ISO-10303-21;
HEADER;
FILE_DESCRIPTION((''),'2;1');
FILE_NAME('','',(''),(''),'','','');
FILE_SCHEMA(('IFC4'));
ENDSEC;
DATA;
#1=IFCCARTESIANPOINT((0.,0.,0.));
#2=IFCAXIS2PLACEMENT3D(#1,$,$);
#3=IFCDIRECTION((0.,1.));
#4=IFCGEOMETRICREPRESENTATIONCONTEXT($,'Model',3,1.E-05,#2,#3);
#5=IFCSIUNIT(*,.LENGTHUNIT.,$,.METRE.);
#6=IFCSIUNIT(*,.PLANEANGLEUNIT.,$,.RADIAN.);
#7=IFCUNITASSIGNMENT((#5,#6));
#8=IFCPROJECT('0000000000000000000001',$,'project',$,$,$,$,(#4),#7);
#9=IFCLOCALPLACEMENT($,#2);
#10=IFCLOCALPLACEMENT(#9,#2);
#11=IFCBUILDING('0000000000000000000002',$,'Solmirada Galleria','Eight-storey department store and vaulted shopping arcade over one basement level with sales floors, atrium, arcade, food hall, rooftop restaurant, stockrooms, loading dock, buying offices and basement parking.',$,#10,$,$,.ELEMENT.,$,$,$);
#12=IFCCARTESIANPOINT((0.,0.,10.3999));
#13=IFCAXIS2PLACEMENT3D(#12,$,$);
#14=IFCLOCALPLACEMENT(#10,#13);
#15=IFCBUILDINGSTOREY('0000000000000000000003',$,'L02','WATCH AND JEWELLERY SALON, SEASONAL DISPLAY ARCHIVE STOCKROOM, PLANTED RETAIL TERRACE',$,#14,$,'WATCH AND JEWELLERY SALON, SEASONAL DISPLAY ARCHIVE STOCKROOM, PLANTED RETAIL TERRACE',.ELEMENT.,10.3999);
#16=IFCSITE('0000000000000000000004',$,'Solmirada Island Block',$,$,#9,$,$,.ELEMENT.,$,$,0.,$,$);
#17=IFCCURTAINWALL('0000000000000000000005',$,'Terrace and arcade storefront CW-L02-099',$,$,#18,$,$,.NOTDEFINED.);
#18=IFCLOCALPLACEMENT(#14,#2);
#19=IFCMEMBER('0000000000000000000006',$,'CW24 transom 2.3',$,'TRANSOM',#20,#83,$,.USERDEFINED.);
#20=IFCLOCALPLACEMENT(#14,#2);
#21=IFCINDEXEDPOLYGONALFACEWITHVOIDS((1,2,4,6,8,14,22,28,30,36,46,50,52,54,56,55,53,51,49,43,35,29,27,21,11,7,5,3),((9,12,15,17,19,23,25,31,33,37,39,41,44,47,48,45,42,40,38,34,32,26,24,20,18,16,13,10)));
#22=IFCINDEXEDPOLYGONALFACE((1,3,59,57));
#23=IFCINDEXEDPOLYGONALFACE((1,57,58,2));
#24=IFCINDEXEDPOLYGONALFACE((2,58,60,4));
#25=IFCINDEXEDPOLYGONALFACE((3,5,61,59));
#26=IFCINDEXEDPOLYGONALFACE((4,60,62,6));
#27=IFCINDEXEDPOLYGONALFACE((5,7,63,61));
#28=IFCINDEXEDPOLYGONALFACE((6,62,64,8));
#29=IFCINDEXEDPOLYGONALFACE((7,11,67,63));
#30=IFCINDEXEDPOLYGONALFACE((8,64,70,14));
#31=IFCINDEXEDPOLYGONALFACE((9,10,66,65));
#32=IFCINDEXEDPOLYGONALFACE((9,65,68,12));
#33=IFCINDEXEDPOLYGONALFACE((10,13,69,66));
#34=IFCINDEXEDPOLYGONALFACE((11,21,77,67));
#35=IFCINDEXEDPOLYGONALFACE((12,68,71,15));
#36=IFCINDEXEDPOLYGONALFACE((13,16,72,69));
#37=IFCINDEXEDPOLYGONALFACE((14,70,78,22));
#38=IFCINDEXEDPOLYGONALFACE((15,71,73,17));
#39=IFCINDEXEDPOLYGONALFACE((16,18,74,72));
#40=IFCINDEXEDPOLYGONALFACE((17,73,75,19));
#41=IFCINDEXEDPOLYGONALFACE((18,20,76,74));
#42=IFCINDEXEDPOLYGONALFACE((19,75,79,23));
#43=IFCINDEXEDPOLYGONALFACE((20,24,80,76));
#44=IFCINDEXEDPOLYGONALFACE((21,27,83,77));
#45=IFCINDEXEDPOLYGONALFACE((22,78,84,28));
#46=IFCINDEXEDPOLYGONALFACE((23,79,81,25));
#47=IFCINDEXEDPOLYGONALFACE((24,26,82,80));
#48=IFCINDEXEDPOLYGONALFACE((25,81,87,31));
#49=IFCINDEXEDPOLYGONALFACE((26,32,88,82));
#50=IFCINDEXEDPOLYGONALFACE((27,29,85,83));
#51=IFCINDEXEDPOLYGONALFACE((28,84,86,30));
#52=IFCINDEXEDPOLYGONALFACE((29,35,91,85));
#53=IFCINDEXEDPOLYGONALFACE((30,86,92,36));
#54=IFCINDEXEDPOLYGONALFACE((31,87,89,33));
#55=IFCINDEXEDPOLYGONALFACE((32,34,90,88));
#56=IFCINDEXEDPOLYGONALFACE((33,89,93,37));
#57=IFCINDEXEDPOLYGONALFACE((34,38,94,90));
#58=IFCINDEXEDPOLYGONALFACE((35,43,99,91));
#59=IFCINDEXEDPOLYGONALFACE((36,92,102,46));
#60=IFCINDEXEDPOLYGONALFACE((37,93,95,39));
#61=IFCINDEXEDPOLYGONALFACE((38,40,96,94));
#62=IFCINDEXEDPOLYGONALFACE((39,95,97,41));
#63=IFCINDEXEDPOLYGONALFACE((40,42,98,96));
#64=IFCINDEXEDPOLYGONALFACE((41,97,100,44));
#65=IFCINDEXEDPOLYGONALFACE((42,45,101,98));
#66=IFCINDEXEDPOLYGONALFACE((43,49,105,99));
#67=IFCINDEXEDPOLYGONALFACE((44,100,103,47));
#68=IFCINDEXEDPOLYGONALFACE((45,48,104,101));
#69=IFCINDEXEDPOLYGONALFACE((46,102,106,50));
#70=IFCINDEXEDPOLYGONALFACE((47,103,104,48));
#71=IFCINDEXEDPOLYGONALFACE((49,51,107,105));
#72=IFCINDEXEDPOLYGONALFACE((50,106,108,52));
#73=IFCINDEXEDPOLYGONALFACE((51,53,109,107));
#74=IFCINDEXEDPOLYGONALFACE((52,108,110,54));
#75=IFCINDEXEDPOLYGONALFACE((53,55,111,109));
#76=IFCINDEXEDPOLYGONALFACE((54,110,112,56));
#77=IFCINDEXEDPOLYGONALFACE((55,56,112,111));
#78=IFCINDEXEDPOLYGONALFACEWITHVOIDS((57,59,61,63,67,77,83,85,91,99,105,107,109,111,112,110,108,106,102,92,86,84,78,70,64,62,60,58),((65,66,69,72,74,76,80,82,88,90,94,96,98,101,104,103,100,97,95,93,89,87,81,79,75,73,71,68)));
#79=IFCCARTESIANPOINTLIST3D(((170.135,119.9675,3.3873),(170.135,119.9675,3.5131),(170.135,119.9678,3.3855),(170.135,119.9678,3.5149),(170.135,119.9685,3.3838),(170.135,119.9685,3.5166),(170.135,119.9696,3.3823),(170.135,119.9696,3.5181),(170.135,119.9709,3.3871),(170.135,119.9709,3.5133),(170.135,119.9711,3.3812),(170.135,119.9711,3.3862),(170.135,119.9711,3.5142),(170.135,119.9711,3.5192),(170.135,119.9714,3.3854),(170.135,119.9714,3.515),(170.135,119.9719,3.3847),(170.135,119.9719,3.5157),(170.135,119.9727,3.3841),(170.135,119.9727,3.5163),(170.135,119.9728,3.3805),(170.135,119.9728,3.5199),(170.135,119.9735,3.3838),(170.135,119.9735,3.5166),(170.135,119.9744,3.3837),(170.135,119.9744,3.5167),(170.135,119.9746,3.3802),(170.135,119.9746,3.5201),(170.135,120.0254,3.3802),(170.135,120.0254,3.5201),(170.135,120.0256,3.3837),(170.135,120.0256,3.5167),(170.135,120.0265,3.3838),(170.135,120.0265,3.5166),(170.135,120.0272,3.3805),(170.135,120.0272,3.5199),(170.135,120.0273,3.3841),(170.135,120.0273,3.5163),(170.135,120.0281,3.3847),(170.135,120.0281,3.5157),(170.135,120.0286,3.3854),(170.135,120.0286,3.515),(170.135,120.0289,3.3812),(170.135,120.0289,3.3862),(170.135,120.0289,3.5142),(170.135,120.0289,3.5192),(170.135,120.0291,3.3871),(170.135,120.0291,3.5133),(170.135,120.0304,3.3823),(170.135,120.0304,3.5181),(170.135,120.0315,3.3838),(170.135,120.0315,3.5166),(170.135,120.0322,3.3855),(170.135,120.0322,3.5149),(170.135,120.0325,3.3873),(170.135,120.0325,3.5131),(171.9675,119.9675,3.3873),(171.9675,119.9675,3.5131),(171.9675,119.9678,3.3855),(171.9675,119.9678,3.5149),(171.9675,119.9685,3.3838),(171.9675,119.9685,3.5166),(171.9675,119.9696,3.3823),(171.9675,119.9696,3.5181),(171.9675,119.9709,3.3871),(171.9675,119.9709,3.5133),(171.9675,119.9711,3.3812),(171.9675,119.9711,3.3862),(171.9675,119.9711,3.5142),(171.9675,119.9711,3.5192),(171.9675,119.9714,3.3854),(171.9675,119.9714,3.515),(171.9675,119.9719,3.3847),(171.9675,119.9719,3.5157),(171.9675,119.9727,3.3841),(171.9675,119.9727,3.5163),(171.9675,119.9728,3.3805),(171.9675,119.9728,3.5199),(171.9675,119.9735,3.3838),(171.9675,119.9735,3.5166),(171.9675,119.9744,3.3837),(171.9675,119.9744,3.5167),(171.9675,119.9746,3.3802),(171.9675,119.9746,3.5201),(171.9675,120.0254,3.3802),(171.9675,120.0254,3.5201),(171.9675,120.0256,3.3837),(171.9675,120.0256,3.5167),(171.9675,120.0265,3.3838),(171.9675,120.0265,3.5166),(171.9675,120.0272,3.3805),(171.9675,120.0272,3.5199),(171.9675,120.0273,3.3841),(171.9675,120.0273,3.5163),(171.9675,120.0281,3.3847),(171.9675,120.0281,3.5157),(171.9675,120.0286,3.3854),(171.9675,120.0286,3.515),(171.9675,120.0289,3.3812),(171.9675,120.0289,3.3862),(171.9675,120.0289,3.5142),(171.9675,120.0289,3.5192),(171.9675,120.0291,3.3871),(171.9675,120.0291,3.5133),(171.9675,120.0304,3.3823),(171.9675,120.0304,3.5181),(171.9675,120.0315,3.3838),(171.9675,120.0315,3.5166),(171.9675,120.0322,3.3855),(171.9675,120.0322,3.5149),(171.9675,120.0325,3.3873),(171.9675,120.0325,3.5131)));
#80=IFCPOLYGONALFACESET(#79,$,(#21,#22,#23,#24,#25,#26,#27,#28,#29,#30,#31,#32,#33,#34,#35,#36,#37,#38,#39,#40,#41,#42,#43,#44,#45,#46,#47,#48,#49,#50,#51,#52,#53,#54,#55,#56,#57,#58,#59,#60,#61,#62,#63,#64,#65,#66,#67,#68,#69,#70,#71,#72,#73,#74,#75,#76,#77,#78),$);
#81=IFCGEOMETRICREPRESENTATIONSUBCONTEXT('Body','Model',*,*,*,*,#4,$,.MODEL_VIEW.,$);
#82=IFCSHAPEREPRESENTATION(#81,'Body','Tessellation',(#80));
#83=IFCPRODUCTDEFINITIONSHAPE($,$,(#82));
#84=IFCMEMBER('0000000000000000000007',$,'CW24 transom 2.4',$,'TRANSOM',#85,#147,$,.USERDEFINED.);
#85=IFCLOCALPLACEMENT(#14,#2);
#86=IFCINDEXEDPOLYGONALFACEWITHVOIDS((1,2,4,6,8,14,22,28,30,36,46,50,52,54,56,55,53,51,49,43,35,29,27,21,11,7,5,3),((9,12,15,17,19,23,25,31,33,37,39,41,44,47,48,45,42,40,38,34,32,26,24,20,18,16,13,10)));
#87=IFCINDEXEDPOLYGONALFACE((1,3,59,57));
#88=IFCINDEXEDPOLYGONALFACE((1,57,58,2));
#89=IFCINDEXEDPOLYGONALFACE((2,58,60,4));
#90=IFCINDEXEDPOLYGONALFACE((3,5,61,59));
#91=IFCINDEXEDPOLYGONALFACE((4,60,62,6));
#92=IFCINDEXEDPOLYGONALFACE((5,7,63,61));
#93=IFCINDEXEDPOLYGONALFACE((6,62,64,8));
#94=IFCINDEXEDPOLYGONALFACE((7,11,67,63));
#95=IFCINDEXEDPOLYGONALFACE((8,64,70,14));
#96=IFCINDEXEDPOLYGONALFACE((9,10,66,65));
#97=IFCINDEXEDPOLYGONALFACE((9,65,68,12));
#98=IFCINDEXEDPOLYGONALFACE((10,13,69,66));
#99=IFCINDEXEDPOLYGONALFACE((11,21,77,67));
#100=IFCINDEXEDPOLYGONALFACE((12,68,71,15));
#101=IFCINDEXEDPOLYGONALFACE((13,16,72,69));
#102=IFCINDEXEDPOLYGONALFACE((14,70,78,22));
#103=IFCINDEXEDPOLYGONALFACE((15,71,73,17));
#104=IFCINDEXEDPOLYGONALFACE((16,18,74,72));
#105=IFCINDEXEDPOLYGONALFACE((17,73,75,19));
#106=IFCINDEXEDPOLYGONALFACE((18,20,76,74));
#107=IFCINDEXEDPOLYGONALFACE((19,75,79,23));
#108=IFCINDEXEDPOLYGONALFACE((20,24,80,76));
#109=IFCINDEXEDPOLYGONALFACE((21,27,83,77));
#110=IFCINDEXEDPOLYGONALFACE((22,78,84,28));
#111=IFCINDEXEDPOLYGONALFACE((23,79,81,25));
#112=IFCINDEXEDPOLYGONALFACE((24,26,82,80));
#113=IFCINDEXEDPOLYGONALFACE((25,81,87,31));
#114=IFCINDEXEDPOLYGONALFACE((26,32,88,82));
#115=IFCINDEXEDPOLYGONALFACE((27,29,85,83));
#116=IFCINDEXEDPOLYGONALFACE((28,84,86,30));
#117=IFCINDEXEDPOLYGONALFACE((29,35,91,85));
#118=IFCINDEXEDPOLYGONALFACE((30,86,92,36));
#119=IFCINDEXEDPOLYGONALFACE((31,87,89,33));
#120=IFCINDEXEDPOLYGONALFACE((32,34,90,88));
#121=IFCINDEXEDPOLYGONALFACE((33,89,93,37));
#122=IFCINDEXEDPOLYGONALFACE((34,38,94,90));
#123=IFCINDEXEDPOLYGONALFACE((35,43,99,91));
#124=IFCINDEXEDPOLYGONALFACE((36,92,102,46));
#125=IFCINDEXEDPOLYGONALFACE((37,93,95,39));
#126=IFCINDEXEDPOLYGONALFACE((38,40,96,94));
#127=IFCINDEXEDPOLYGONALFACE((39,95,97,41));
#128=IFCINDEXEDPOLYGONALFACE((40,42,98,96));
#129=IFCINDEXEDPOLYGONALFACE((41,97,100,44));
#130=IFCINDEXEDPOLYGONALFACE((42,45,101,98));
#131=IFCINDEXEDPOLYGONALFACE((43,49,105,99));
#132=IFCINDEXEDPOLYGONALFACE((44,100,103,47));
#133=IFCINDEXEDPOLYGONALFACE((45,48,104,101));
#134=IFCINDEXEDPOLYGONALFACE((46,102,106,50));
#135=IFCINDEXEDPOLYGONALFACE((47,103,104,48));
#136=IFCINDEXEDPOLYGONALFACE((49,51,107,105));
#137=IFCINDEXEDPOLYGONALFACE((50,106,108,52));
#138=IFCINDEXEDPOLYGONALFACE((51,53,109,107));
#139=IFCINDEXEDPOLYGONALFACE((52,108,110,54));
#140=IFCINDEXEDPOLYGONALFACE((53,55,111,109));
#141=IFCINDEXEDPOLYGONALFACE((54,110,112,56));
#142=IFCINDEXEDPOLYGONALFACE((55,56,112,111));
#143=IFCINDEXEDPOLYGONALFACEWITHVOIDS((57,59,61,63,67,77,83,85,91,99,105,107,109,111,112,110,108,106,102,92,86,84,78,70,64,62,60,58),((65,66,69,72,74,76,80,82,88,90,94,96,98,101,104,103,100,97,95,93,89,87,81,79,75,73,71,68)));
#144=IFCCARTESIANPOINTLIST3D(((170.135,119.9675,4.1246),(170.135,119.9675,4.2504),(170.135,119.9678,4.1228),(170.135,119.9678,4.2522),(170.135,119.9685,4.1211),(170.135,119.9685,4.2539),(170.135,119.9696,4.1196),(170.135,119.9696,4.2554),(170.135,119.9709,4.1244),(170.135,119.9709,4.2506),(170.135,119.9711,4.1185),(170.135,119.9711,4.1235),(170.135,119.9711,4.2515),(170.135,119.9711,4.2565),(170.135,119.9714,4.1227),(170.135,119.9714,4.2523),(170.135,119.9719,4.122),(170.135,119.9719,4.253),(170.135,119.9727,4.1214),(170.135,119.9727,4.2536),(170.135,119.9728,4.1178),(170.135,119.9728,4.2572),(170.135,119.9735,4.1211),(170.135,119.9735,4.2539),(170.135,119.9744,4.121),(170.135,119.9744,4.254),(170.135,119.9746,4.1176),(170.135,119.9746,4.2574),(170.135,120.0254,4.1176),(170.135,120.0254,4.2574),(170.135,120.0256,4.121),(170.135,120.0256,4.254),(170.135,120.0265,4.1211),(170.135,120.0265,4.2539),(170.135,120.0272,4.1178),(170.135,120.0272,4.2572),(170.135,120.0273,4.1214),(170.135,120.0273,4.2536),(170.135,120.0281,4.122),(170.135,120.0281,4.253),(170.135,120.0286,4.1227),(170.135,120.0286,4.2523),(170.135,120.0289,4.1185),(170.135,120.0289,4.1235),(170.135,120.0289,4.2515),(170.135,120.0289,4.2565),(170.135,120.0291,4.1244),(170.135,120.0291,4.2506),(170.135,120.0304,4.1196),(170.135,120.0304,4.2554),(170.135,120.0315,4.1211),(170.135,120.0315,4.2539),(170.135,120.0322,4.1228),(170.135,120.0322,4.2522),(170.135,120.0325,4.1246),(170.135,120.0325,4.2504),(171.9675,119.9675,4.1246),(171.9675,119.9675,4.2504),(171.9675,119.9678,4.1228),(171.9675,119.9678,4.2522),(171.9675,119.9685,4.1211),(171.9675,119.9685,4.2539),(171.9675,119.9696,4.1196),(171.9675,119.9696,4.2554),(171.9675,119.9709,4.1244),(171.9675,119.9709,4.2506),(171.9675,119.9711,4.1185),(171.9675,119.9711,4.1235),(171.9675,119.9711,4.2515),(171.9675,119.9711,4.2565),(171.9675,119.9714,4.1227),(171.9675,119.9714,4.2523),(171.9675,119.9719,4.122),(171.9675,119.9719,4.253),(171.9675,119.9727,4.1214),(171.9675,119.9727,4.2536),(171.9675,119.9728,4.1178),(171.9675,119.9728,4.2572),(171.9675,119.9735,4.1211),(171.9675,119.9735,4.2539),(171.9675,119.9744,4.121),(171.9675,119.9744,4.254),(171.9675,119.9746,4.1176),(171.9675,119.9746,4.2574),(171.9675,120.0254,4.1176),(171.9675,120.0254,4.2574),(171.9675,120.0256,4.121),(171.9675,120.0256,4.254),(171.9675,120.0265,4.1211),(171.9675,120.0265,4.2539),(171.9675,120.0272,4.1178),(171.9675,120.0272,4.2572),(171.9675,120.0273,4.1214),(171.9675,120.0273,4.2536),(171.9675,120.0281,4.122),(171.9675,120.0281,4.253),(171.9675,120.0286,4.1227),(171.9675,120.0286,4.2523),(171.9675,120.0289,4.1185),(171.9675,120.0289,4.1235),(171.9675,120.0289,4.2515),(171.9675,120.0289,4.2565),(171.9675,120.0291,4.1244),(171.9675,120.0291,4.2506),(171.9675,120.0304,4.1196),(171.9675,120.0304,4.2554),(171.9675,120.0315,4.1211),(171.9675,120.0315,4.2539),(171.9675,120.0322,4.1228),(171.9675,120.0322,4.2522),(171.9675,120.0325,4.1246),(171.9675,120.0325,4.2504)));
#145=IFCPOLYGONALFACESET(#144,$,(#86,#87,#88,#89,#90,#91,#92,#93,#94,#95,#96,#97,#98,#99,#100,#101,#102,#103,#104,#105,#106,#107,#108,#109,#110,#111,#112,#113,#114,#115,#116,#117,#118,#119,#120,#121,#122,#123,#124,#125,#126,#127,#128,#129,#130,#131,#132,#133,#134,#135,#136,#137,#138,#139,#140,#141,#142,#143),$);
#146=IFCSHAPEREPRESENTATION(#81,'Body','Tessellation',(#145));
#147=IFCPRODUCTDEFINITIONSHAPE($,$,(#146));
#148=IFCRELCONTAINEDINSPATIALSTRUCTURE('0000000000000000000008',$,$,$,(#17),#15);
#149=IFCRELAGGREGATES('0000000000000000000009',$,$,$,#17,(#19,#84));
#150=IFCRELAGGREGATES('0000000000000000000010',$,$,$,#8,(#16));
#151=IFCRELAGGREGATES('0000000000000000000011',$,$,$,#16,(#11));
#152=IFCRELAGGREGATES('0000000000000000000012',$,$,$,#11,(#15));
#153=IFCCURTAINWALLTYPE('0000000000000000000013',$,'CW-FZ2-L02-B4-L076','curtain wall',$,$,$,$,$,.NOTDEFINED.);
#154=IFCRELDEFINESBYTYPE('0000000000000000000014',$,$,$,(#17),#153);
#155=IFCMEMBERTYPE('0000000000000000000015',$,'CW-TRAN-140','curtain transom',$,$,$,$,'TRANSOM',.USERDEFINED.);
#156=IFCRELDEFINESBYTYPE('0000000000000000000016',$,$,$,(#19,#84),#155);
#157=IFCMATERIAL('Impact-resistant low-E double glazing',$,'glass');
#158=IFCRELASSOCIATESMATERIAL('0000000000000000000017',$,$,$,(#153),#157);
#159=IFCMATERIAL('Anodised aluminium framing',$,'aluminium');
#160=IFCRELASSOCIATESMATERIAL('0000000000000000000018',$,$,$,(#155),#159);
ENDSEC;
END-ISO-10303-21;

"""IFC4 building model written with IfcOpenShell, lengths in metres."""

from ifc_helpers import new_model, si_unit, direction, frame, origin, origin_2d, place, context, subcontext, project, spatial, hollow_rectangle, extrude, material, material_profile, profile_set, type_object, element, aggregate, save


model = new_model("IFC4")

# Units and contexts
model_context = context("Model", 3, precision=1e-05, world=origin(), true_north=direction((0.0, 1.0)))
body_context = subcontext(model_context, "Body", "Model", "MODEL_VIEW")
ifc_project = project(units=[si_unit("LENGTHUNIT", "METRE"), si_unit("PLANEANGLEUNIT", "RADIAN")], contexts=[model_context])

# Site, building, storey
site_placement = place(None, origin())
site = spatial("IfcSite", under=ifc_project, at=site_placement, Name="Solmirada Island Block", CompositionType="ELEMENT", RefElevation=0.0)
building_placement = place(site_placement, origin())
building = spatial("IfcBuilding", under=site, at=building_placement, Name="Solmirada Galleria", Description="Eight-storey department store and vaulted shopping arcade over one basement level with sales floors, atrium, arcade, food hall, rooftop restaurant, stockrooms, loading dock, buying offices and basement parking.", CompositionType="ELEMENT")
storey_placement = place(building_placement, frame((0.0, 0.0, 10.3999)))
storey = spatial("IfcBuildingStorey", under=building, at=storey_placement, Name="L02", Description="WATCH AND JEWELLERY SALON, SEASONAL DISPLAY ARCHIVE STOCKROOM, PLANTED RETAIL TERRACE", LongName="WATCH AND JEWELLERY SALON, SEASONAL DISPLAY ARCHIVE STOCKROOM, PLANTED RETAIL TERRACE", CompositionType="ELEMENT", Elevation=10.3999)

# Curtain wall
ifc_material_1 = material(Name="Impact-resistant low-E double glazing", Category="glass")
curtain_wall_type = type_object("IfcCurtainWallType", Name="CW-FZ2-L02-B4-L076", Description="curtain wall", PredefinedType="NOTDEFINED", material=ifc_material_1)
curtain_wall_1_placement = place(storey_placement, origin())
curtain_wall_1 = element("IfcCurtainWall", 1, at=curtain_wall_1_placement, inside=storey, type_object=curtain_wall_type, Name="Terrace and arcade storefront CW-L02-099", PredefinedType="NOTDEFINED")
ifc_material_2 = material(Name="Anodised aluminium framing", Category="aluminium")

# Members
ifc_material_profile_1 = material_profile(ifc_material_2, hollow_rectangle(XDim=0.0649, YDim=0.1399, WallThickness=0.0034, InnerFilletRadius=0.0034, OuterFilletRadius=0.0071, at=origin_2d()), Name="ALU-TRAN-140X65")
ifc_profile_set_1 = profile_set([ifc_material_profile_1], Name="Anodised aluminium framing")
member_type_1 = type_object("IfcMemberType", Name="CW-TRAN-140", Description="curtain transom", ElementType="TRANSOM", PredefinedType="USERDEFINED", material=ifc_profile_set_1)
member_1_placement = place(storey_placement, frame((170.135, 120.0, 3.4502), z_axis=(1.0, 0.0, 0.0), x_axis=(0.0, 1.0, 0.0)))
member_1 = element("IfcMember", 2, at=member_1_placement, type_object=member_type_1, Name="CW24 transom 2.3", ObjectType="TRANSOM", PredefinedType="USERDEFINED", context=body_context, shape_type="SweptSolid", body=[
    extrude(hollow_rectangle(XDim=0.0649, YDim=0.1399, WallThickness=0.0034, InnerFilletRadius=0.0034, OuterFilletRadius=0.0071, at=origin_2d()), origin(), (0.0, 0.0, 1.0), 1.8325),
])
member_2_placement = place(storey_placement, frame((170.135, 120.0, 4.1875), z_axis=(1.0, 0.0, 0.0), x_axis=(0.0, 1.0, 0.0)))
member_2 = element("IfcMember", 3, at=member_2_placement, type_object=member_type_1, Name="CW24 transom 2.4", ObjectType="TRANSOM", PredefinedType="USERDEFINED", context=body_context, shape_type="SweptSolid", body=[
    extrude(hollow_rectangle(XDim=0.0649, YDim=0.1399, WallThickness=0.0034, InnerFilletRadius=0.0034, OuterFilletRadius=0.0071, at=origin_2d()), origin(), (0.0, 0.0, 1.0), 1.8325),
])

aggregate(curtain_wall_1, [member_1, member_2])

save(model, "model.ifc")
